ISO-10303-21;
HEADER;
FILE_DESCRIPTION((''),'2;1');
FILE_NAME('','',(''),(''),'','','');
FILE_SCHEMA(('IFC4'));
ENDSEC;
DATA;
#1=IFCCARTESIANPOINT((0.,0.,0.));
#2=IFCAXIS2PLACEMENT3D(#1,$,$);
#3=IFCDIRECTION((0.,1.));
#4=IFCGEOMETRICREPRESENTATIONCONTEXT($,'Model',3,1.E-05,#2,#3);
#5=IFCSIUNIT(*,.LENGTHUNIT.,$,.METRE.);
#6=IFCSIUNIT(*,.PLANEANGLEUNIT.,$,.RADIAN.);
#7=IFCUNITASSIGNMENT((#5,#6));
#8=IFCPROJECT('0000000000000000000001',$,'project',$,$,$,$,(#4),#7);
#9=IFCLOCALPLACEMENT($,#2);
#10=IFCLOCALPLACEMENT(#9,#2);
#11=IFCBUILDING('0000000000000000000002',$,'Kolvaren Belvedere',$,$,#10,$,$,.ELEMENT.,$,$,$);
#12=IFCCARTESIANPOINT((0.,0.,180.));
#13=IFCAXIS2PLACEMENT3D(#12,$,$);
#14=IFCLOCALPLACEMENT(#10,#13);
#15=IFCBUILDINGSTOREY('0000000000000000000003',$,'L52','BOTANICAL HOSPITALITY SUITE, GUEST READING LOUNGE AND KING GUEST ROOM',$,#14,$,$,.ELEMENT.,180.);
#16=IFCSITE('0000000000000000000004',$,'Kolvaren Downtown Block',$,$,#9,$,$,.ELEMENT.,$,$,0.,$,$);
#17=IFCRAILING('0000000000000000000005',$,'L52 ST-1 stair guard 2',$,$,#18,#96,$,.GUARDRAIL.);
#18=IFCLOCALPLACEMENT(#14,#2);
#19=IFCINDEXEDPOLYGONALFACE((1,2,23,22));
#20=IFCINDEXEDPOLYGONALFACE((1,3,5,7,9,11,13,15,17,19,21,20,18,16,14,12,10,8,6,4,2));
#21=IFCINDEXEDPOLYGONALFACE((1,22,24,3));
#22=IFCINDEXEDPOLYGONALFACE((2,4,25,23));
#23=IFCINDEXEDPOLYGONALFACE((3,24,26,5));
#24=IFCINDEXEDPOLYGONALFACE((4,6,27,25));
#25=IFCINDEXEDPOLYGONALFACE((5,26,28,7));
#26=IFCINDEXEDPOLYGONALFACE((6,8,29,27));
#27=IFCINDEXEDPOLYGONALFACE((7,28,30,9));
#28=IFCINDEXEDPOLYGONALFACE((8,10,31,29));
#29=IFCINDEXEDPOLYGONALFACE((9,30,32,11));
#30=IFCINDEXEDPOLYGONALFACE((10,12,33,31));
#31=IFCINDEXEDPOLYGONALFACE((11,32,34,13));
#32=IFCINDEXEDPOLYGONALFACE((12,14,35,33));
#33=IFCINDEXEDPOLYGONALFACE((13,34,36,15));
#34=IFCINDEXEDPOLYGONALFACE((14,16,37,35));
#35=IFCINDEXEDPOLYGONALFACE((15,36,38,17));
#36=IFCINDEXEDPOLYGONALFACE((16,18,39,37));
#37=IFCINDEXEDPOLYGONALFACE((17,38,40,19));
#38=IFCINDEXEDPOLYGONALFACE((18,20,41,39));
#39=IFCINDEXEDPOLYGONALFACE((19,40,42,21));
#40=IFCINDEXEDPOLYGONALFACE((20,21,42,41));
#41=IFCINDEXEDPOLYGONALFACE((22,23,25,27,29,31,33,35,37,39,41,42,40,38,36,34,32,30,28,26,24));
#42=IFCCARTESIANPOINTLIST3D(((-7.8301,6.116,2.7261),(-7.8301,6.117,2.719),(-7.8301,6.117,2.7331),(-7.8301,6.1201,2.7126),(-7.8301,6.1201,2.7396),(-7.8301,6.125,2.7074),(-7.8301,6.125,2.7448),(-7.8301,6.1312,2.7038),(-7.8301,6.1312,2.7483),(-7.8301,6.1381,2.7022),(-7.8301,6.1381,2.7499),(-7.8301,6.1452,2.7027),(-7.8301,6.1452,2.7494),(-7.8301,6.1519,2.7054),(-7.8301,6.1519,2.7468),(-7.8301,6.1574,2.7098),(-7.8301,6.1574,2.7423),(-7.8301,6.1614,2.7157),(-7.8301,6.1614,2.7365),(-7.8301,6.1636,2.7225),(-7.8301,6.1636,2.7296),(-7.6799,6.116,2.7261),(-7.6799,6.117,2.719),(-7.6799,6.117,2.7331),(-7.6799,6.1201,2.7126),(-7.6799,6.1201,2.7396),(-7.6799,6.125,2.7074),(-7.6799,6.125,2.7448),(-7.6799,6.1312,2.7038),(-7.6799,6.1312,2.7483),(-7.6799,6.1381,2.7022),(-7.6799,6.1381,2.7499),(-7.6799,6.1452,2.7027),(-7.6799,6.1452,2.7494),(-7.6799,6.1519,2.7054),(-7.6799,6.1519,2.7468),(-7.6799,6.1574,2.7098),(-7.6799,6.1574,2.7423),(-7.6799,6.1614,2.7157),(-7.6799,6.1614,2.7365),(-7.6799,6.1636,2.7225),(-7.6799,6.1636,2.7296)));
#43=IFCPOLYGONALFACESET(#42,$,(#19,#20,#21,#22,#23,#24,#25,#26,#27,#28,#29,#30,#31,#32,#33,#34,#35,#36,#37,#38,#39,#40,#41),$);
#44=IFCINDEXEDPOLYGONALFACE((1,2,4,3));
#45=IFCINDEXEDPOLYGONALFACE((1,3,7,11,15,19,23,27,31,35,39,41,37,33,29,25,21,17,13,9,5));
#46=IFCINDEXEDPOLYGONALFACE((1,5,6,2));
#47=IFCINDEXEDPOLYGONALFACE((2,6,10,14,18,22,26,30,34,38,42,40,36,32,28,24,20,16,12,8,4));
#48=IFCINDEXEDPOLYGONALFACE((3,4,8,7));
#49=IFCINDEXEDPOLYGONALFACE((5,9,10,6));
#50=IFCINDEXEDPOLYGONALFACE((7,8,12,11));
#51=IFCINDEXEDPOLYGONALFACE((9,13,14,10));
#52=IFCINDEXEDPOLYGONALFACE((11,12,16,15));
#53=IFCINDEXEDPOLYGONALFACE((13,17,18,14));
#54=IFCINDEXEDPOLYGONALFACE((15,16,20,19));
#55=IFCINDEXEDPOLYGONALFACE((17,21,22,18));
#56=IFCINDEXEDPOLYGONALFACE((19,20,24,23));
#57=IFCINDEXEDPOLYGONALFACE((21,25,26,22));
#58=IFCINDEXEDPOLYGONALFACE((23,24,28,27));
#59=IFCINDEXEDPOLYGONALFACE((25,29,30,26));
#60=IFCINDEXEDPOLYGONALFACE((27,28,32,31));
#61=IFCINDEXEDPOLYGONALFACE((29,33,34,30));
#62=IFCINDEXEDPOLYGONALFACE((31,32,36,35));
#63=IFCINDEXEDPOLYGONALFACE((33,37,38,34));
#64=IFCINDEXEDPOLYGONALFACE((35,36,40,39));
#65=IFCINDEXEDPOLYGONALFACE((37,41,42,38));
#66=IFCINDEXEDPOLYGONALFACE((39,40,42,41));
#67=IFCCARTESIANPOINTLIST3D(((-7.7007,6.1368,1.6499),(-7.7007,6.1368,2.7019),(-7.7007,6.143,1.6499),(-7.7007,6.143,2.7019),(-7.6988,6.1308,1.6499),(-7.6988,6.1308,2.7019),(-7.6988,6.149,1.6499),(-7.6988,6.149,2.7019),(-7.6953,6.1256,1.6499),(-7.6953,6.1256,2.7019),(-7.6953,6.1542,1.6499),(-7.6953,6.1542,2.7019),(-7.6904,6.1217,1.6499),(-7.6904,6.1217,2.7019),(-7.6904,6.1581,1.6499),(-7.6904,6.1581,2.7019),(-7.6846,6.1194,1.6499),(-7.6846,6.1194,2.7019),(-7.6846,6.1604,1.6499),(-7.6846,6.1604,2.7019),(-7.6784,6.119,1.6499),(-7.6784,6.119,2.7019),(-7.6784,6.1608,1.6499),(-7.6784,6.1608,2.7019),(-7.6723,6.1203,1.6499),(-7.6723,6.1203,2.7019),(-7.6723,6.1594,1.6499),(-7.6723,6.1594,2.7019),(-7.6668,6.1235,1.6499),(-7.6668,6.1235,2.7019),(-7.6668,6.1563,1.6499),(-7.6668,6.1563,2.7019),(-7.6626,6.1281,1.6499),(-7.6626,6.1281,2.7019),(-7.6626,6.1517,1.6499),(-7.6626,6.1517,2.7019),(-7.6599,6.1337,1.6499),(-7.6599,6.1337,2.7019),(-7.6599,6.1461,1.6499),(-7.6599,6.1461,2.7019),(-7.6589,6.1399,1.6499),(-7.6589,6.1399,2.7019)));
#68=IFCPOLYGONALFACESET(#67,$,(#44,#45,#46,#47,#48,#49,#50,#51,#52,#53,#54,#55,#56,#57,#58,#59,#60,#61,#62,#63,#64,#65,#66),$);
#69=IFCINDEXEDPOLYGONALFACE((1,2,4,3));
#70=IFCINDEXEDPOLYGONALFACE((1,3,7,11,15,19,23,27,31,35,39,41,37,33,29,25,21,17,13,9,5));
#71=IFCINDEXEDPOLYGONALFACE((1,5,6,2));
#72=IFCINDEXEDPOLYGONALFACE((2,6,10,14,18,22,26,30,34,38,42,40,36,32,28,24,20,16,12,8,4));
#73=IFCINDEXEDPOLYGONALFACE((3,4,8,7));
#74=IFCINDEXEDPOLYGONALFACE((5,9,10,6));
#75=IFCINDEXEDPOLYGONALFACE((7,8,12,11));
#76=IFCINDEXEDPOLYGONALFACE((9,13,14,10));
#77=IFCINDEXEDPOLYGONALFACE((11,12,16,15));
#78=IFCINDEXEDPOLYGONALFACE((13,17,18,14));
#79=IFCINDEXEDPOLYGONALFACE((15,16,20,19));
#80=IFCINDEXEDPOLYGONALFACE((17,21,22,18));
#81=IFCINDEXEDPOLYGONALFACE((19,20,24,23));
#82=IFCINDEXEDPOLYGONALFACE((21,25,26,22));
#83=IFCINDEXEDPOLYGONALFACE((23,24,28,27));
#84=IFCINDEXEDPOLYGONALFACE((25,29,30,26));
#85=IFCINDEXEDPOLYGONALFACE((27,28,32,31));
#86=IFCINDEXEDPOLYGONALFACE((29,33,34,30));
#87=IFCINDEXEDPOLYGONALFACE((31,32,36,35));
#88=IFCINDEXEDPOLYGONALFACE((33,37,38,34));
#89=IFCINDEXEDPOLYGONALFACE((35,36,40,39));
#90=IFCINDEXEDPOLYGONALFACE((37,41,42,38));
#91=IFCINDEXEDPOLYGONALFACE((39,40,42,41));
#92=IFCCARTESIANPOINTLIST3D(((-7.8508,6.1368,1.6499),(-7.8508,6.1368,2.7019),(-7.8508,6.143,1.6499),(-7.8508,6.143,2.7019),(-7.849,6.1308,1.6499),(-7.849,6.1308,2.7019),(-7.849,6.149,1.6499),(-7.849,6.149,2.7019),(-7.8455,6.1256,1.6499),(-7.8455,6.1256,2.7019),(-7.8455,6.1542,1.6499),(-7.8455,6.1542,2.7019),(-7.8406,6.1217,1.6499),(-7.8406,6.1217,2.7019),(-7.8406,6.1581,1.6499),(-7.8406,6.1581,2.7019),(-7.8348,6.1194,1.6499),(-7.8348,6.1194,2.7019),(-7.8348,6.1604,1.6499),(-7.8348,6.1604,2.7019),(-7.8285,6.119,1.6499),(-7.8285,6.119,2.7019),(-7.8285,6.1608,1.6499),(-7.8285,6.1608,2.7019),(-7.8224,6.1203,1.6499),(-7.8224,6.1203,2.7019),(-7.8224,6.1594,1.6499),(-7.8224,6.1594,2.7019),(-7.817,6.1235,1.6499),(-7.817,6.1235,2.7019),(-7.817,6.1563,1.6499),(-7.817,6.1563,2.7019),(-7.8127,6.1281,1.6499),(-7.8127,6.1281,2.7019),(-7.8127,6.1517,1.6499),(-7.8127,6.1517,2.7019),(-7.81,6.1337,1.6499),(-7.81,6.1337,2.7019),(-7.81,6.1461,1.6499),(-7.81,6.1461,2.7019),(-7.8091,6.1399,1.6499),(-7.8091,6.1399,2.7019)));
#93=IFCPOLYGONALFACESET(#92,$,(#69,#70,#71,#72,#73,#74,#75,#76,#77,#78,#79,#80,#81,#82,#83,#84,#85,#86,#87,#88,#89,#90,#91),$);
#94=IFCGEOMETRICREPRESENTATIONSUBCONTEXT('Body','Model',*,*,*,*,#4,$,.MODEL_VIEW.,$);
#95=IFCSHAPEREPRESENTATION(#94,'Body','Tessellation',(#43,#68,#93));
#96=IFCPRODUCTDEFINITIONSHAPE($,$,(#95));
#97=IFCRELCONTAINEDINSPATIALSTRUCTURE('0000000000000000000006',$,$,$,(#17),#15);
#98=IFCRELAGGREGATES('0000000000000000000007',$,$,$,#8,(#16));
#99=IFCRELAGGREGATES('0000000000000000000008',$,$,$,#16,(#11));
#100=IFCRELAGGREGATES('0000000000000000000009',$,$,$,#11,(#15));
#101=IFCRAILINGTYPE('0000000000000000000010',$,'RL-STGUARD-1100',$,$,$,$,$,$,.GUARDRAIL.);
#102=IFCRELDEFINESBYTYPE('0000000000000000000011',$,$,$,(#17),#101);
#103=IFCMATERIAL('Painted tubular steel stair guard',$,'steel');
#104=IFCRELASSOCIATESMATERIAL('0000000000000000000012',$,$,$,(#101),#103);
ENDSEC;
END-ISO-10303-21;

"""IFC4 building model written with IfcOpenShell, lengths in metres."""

from ifc_helpers import new_model, si_unit, direction, frame, origin, origin_2d, place, context, subcontext, project, spatial, circle, extrude, material, type_object, element, save


model = new_model("IFC4")

# Units and contexts
model_context = context("Model", 3, precision=1e-05, world=origin(), true_north=direction((0.0, 1.0)))
body_context = subcontext(model_context, "Body", "Model", "MODEL_VIEW")
ifc_project = project(units=[si_unit("LENGTHUNIT", "METRE"), si_unit("PLANEANGLEUNIT", "RADIAN")], contexts=[model_context])

# Site, building, storey
site_placement = place(None, origin())
site = spatial("IfcSite", under=ifc_project, at=site_placement, Name="Kolvaren Downtown Block", CompositionType="ELEMENT", RefElevation=0.0)
building_placement = place(site_placement, origin())
building = spatial("IfcBuilding", under=site, at=building_placement, Name="Kolvaren Belvedere", CompositionType="ELEMENT")
storey_placement = place(building_placement, frame((0.0, 0.0, 180.0)))
storey = spatial("IfcBuildingStorey", under=building, at=storey_placement, Name="L52", Description="BOTANICAL HOSPITALITY SUITE, GUEST READING LOUNGE AND KING GUEST ROOM", CompositionType="ELEMENT", Elevation=180.0)

# Railing
ifc_material_1 = material(Name="Painted tubular steel stair guard", Category="steel")
railing_type_1 = type_object("IfcRailingType", Name="RL-STGUARD-1100", PredefinedType="GUARDRAIL", material=ifc_material_1)
railing_1_placement = place(storey_placement, frame((-7.6799, 6.1399, 1.6499)))
element("IfcRailing", 1, at=railing_1_placement, inside=storey, type_object=railing_type_1, Name="L52 ST-1 stair guard 2", PredefinedType="GUARDRAIL", context=body_context, shape_type="SweptSolid", body=[
    extrude(circle(Radius=0.0239, at=origin_2d()), frame((0.0, 0.0, 1.0762), z_axis=(-1.0, 0.0, 0.0), x_axis=(0.0, -1.0, 0.0)), (0.0, 0.0, 1.0), 0.1501),
    extrude(circle(Radius=0.021, at=origin_2d()), origin(), (0.0, 0.0, 1.0), 1.052),
    extrude(circle(Radius=0.021, at=origin_2d()), frame((-0.1501, 0.0, 0.0)), (0.0, 0.0, 1.0), 1.052),
])

save(model, "model.ifc")
